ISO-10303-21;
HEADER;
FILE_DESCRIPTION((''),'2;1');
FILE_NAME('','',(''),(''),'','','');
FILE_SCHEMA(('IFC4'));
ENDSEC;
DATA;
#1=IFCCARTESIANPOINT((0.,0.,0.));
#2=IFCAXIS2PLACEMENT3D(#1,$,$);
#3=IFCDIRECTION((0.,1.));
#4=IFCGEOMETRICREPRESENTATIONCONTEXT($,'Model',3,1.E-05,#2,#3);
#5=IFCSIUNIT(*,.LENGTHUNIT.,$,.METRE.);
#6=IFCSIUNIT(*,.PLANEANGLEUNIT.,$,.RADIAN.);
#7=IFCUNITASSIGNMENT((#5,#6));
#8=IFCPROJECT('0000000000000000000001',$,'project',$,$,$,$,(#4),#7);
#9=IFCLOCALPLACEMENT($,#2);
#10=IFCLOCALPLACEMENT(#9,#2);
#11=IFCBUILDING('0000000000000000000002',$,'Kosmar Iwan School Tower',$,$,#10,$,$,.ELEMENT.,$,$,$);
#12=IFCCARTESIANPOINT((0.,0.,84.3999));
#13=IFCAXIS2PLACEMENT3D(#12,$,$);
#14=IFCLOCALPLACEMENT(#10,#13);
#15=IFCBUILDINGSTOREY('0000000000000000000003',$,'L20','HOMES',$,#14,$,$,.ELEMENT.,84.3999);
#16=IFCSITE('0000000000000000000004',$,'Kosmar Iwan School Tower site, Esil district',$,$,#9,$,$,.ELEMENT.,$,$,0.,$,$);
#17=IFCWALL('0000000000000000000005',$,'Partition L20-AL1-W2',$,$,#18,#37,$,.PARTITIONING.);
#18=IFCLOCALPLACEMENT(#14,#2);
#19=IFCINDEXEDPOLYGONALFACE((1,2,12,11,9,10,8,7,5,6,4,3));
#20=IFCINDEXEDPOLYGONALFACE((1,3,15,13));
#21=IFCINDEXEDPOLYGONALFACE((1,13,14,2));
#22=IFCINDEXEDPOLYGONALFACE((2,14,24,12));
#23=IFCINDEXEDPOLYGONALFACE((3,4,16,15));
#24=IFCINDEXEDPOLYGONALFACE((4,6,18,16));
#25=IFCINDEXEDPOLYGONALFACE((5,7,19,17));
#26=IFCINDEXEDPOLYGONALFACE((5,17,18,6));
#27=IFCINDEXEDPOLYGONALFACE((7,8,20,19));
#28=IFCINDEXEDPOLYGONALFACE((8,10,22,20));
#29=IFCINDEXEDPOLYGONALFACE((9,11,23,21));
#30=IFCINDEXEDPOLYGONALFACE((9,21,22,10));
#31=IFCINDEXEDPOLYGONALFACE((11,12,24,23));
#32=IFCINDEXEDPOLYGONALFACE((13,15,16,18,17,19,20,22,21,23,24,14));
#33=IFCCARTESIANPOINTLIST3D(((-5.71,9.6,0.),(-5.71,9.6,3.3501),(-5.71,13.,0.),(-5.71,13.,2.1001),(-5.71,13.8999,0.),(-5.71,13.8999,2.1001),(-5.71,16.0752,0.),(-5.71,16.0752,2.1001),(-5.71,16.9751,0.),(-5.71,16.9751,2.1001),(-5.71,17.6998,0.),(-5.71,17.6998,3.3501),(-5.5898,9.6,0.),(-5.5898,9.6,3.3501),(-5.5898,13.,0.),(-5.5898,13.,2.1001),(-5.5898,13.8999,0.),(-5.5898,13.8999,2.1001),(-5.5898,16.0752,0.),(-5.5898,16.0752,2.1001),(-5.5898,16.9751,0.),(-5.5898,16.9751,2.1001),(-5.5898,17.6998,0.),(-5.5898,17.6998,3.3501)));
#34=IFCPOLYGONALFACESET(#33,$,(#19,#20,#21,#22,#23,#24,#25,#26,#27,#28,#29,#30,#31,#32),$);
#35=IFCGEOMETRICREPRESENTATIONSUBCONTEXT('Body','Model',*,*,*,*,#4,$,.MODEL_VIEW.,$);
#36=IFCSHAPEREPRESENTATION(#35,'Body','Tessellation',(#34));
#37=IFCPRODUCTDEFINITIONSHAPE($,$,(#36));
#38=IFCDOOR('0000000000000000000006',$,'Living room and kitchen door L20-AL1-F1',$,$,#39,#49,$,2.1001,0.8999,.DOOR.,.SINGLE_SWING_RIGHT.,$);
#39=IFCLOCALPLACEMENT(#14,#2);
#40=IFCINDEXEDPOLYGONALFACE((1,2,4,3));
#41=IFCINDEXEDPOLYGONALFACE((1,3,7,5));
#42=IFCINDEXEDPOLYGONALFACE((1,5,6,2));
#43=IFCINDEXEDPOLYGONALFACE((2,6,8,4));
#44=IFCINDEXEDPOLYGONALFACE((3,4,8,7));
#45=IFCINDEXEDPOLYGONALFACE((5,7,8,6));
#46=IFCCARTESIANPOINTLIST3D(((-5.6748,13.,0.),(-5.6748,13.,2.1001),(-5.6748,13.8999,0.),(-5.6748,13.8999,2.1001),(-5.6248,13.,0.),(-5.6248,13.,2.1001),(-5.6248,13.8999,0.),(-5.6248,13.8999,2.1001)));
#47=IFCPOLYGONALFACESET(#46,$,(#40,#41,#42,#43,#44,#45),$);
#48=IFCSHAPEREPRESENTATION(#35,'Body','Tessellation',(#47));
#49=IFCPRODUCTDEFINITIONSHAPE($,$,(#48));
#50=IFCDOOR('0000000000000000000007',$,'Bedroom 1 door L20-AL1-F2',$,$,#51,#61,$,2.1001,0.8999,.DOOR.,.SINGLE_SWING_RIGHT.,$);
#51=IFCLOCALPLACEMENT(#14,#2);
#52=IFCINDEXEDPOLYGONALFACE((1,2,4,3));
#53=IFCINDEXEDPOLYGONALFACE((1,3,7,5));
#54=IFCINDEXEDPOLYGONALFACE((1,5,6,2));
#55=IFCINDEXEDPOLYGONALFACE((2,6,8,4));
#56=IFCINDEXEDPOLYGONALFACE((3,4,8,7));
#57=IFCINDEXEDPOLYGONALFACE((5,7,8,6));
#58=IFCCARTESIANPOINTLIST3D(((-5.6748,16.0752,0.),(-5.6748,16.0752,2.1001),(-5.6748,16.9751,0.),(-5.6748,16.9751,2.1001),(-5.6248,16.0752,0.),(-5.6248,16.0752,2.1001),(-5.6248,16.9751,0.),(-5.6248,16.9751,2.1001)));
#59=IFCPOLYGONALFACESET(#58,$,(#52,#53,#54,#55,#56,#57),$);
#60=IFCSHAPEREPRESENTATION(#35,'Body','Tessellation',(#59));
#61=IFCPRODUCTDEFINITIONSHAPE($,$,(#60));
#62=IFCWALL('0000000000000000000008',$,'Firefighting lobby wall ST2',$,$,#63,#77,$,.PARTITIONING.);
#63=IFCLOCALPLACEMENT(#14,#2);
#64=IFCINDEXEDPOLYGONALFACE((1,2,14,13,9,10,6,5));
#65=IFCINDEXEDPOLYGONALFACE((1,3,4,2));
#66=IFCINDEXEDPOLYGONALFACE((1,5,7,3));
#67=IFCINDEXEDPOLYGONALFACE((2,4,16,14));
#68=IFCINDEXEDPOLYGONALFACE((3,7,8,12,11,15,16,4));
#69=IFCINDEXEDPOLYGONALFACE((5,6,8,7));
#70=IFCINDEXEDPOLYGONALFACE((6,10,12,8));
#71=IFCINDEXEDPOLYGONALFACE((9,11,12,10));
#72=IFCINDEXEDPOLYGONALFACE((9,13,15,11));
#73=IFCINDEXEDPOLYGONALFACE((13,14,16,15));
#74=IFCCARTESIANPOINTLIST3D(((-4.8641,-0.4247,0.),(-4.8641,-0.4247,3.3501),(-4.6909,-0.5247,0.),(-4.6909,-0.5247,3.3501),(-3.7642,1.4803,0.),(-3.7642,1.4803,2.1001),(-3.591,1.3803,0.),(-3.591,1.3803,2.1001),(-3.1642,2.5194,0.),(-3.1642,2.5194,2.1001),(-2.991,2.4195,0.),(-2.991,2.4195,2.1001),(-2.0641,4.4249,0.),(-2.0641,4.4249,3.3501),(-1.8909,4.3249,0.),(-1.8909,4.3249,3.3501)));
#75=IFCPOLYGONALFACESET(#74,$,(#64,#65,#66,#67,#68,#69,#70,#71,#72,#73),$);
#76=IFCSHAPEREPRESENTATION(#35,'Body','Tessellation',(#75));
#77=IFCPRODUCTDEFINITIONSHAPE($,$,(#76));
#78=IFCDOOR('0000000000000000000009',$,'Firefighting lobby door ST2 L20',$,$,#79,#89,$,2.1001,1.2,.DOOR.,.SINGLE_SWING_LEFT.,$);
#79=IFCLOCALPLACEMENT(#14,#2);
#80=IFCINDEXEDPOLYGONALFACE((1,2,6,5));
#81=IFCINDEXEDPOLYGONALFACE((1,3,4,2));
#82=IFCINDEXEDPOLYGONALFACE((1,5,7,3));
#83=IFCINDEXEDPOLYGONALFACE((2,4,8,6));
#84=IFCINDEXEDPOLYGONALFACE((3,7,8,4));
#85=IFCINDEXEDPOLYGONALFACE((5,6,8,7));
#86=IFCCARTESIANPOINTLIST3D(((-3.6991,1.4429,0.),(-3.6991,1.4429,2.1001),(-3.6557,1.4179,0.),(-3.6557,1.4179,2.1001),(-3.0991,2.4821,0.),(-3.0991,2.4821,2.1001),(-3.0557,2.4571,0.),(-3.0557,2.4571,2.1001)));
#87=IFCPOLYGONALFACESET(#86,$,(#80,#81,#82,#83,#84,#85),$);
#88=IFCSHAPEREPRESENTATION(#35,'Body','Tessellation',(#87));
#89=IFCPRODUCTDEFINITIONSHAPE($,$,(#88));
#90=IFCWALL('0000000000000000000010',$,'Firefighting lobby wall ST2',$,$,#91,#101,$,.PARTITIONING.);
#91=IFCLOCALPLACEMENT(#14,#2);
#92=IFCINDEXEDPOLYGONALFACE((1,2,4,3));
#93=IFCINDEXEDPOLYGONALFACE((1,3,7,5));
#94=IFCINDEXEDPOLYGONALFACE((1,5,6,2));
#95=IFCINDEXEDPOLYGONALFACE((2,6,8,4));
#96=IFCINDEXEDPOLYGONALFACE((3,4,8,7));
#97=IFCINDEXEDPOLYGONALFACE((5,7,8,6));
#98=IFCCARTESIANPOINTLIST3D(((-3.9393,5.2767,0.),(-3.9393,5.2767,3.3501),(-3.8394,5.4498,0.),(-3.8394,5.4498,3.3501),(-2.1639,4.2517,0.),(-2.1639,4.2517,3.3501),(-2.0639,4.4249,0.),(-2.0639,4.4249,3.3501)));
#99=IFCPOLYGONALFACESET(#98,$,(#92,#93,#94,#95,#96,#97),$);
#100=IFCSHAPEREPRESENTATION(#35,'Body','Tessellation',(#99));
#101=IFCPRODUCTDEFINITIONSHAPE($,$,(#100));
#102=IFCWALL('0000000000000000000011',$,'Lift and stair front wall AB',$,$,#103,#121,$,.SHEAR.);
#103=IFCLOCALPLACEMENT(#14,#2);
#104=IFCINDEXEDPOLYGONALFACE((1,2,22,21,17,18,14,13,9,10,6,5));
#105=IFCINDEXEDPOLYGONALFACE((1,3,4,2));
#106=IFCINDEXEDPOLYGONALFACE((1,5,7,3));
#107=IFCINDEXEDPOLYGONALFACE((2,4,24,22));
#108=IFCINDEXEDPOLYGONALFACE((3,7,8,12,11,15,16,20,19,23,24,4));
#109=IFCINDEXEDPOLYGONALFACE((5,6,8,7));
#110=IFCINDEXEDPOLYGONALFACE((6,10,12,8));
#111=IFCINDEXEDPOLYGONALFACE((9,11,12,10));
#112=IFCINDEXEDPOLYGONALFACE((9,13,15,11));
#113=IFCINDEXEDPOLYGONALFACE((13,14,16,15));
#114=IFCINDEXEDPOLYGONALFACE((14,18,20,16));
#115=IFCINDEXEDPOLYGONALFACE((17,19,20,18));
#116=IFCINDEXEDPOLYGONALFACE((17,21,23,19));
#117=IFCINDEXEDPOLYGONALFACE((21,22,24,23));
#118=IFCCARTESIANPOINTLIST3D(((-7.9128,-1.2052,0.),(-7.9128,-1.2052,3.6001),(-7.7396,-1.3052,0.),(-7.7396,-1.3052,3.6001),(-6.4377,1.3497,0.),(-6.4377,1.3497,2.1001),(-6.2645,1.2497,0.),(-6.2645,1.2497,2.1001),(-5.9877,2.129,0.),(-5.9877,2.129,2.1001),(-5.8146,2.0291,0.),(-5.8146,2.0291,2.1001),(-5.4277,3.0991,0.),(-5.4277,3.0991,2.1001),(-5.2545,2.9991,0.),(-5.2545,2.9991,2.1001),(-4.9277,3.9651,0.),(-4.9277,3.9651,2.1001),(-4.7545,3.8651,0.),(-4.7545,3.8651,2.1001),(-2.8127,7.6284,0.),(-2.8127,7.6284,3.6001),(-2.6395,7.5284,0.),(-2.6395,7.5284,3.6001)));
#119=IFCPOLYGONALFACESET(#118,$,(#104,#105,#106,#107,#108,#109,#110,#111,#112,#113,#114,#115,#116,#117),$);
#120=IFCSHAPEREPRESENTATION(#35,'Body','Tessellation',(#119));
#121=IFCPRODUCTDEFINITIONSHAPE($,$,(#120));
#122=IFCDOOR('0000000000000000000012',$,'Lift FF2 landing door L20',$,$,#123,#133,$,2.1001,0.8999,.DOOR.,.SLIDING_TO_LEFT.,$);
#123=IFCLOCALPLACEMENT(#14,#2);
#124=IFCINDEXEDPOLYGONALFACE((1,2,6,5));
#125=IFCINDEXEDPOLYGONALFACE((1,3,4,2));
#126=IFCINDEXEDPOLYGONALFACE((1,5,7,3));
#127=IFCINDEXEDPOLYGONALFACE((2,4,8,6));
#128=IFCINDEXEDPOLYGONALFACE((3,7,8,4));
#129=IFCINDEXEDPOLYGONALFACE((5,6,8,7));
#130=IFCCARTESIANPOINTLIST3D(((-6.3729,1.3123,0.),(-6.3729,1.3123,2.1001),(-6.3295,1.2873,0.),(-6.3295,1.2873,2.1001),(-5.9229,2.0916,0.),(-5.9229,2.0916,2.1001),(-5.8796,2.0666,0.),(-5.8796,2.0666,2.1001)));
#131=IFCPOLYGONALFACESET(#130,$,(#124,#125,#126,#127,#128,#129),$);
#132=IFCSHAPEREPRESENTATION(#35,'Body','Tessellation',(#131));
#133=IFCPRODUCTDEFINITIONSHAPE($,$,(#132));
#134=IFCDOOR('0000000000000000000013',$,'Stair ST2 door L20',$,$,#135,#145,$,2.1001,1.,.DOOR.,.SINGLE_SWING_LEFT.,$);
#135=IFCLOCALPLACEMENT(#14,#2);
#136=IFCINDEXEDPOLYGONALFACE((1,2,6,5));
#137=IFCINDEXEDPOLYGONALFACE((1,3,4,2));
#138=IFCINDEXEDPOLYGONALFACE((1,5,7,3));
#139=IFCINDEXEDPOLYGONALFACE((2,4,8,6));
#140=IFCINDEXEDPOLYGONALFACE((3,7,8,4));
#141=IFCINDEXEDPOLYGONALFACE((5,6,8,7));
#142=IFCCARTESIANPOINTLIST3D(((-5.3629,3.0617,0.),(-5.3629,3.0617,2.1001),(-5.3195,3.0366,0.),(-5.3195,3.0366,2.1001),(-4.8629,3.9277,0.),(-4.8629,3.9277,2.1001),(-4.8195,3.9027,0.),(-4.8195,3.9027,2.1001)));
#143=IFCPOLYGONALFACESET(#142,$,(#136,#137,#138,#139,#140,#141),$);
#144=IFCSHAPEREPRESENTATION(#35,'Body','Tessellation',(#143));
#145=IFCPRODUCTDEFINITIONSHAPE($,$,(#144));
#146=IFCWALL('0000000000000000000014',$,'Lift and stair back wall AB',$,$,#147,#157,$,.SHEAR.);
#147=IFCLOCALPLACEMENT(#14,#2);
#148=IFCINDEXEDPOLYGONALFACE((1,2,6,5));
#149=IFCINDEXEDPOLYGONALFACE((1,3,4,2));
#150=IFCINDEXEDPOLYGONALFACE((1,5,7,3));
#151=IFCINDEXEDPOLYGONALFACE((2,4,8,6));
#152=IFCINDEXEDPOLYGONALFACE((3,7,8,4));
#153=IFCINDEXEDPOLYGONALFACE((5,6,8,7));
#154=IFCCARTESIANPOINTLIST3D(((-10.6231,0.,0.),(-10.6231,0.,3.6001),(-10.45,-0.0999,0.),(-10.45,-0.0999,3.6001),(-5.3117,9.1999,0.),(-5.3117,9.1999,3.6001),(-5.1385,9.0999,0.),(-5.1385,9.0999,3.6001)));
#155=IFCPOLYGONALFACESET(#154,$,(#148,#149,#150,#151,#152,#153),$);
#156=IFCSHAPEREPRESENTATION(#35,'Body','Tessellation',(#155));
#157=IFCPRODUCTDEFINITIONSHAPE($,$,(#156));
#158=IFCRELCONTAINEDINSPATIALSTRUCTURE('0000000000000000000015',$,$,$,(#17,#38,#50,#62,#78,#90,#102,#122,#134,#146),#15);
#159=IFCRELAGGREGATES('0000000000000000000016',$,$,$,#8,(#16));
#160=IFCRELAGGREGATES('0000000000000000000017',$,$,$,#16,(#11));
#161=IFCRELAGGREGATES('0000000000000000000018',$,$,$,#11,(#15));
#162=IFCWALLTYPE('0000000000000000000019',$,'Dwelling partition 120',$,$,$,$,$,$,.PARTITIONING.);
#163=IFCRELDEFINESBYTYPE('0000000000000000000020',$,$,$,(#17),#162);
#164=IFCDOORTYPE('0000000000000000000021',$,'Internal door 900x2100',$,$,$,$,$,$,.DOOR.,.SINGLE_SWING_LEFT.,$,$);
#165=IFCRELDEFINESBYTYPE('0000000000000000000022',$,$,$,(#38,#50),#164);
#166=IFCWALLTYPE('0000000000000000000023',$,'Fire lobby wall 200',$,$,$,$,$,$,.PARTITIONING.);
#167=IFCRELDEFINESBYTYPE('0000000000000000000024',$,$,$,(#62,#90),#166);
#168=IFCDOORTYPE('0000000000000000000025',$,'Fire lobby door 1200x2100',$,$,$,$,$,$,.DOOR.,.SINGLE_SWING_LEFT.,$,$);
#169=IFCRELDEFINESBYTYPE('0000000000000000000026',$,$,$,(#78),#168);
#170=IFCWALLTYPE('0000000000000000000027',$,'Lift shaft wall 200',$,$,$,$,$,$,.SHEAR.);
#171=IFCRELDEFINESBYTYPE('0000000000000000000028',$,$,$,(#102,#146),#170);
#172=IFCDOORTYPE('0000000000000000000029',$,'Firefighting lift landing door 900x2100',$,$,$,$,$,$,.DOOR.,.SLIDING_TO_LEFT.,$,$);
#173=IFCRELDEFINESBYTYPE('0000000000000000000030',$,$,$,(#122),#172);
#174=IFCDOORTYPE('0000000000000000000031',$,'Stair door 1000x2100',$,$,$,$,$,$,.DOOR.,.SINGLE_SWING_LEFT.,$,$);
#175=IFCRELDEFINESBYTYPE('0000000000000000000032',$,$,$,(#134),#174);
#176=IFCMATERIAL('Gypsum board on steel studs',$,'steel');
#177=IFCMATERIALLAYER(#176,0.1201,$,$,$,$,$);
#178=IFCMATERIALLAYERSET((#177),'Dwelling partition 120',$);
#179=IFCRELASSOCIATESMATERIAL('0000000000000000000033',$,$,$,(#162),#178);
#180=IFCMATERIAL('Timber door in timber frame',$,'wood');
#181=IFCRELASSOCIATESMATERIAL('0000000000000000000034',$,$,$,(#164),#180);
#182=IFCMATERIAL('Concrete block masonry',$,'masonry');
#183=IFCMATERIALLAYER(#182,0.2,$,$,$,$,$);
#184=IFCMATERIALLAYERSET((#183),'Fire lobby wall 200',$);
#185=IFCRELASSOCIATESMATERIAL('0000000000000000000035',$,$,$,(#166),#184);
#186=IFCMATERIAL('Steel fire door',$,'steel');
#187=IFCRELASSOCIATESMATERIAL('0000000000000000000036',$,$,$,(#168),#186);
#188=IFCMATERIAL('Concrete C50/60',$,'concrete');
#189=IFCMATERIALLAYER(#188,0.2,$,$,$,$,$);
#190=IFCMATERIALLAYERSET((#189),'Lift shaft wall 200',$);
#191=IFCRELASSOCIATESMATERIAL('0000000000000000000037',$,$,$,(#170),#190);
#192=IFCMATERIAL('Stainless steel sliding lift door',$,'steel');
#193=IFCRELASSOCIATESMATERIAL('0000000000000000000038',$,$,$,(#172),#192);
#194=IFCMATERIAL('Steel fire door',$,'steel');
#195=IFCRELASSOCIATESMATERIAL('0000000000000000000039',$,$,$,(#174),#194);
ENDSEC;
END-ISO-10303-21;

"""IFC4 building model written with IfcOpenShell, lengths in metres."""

from ifc_helpers import new_model, si_unit, direction, frame, frame_2d, origin, place, context, subcontext, project, spatial, rectangle, extrude, material, layer, layer_set, type_object, element, fill, save


model = new_model("IFC4")

# Units and contexts
model_context = context("Model", 3, precision=1e-05, world=origin(), true_north=direction((0.0, 1.0)))
body_context = subcontext(model_context, "Body", "Model", "MODEL_VIEW")
ifc_project = project(units=[si_unit("LENGTHUNIT", "METRE"), si_unit("PLANEANGLEUNIT", "RADIAN")], contexts=[model_context])

# Site, building, storey
site_placement = place(None, origin())
site = spatial("IfcSite", under=ifc_project, at=site_placement, Name="Kosmar Iwan School Tower site, Esil district", CompositionType="ELEMENT", RefElevation=0.0)
building_placement = place(site_placement, origin())
building = spatial("IfcBuilding", under=site, at=building_placement, Name="Kosmar Iwan School Tower", CompositionType="ELEMENT")
storey_placement = place(building_placement, frame((0.0, 0.0, 84.3999)))
storey = spatial("IfcBuildingStorey", under=building, at=storey_placement, Name="L20", Description="HOMES", CompositionType="ELEMENT", Elevation=84.3999)

# Wall, openings, doors
ifc_material_1 = material(Name="Gypsum board on steel studs", Category="steel")
ifc_layer_1 = layer(ifc_material_1, 0.1201)
ifc_layer_set_1 = layer_set([ifc_layer_1], Name="Dwelling partition 120")
wall_type_1 = type_object("IfcWallType", Name="Dwelling partition 120", PredefinedType="PARTITIONING", material=ifc_layer_set_1)
ifc_material_2 = material(Name="Timber door in timber frame", Category="wood")
door_type_1 = type_object("IfcDoorType", Name="Internal door 900x2100", OperationType="SINGLE_SWING_LEFT", PredefinedType="DOOR", material=ifc_material_2)
wall_1_placement = place(storey_placement, frame((-5.6499, 9.6001, 0.0), z_axis=(0.0, 0.0, 1.0), x_axis=(0.0, 1.0, 0.0)))
wall_1 = element("IfcWall", 1, at=wall_1_placement, inside=storey, type_object=wall_type_1, Name="Partition L20-AL1-W2", PredefinedType="PARTITIONING", context=body_context, shape_type="SweptSolid", body=[
    extrude(rectangle(XDim=8.0999, YDim=0.1201, at=frame_2d((4.0498, 0.0))), origin(), (0.0, 0.0, 1.0), 3.3501),
])
opening_1_placement = place(wall_1_placement, frame((3.3999, 0.0, 0.0)))
opening_1 = element("IfcOpeningElement", 2, at=opening_1_placement, cuts=wall_1, PredefinedType="OPENING", context=body_context, shape_type="SweptSolid", body=[
    extrude(rectangle(XDim=0.8999, YDim=2.1001, at=frame_2d((0.45, 1.05))), frame((0.0, 0.072, 0.0), z_axis=(0.0, -1.0, 0.0), x_axis=(1.0, 0.0, 0.0)), (0.0, 0.0, 1.0), 0.144),
])
opening_2_placement = place(wall_1_placement, frame((6.4751, 0.0, 0.0)))
opening_2 = element("IfcOpeningElement", 3, at=opening_2_placement, cuts=wall_1, PredefinedType="OPENING", context=body_context, shape_type="SweptSolid", body=[
    extrude(rectangle(XDim=0.8999, YDim=2.1001, at=frame_2d((0.45, 1.05))), frame((0.0, 0.072, 0.0), z_axis=(0.0, -1.0, 0.0), x_axis=(1.0, 0.0, 0.0)), (0.0, 0.0, 1.0), 0.144),
])
door_1_placement = place(opening_1_placement, origin())
door_1 = element("IfcDoor", 4, at=door_1_placement, inside=storey, type_object=door_type_1, Name="Living room and kitchen door L20-AL1-F1", OperationType="SINGLE_SWING_RIGHT", OverallHeight=2.1001, OverallWidth=0.8999, PredefinedType="DOOR", context=body_context, shape_type="SweptSolid", body=[
    extrude(rectangle(XDim=0.8999, YDim=2.1001, at=frame_2d((0.45, 1.05))), frame((0.0, 0.0249, 0.0), z_axis=(0.0, -1.0, 0.0), x_axis=(1.0, 0.0, 0.0)), (0.0, 0.0, 1.0), 0.05),
])
fill(opening_1, door_1)
door_2_placement = place(opening_2_placement, origin())
door_2 = element("IfcDoor", 5, at=door_2_placement, inside=storey, type_object=door_type_1, Name="Bedroom 1 door L20-AL1-F2", OperationType="SINGLE_SWING_RIGHT", OverallHeight=2.1001, OverallWidth=0.8999, PredefinedType="DOOR", context=body_context, shape_type="SweptSolid", body=[
    extrude(rectangle(XDim=0.8999, YDim=2.1001, at=frame_2d((0.45, 1.05))), frame((0.0, 0.0249, 0.0), z_axis=(0.0, -1.0, 0.0), x_axis=(1.0, 0.0, 0.0)), (0.0, 0.0, 1.0), 0.05),
])
fill(opening_2, door_2)

# Wall, opening, door
ifc_material_3 = material(Name="Concrete block masonry", Category="masonry")
ifc_layer_2 = layer(ifc_material_3, 0.2)
ifc_layer_set_2 = layer_set([ifc_layer_2], Name="Fire lobby wall 200")
wall_type_2 = type_object("IfcWallType", Name="Fire lobby wall 200", PredefinedType="PARTITIONING", material=ifc_layer_set_2)
wall_2_placement = place(storey_placement, frame((-1.9775, 4.3748, 0.0), z_axis=(0.0, 0.0, 1.0), x_axis=(-0.500017, -0.866016, 0.0)))
wall_2 = element("IfcWall", 6, at=wall_2_placement, inside=storey, type_object=wall_type_2, Name="Firefighting lobby wall ST2", PredefinedType="PARTITIONING", context=body_context, shape_type="SweptSolid", body=[
    extrude(rectangle(XDim=5.5999, YDim=0.2, at=frame_2d((2.7998, 0.0))), origin(), (0.0, 0.0, 1.0), 3.3501),
])
opening_3_placement = place(wall_2_placement, frame((2.2, 0.0, 0.0)))
opening_3 = element("IfcOpeningElement", 7, at=opening_3_placement, cuts=wall_2, PredefinedType="OPENING", context=body_context, shape_type="SweptSolid", body=[
    extrude(rectangle(XDim=1.2, YDim=2.1001, at=frame_2d((0.6001, 1.05))), frame((0.0, 0.1121, 0.0), z_axis=(0.0, -1.0, 0.0), x_axis=(1.0, 0.0, 0.0)), (0.0, 0.0, 1.0), 0.2239),
])
ifc_material_4 = material(Name="Steel fire door", Category="steel")
door_type_2 = type_object("IfcDoorType", Name="Fire lobby door 1200x2100", OperationType="SINGLE_SWING_LEFT", PredefinedType="DOOR", material=ifc_material_4)
door_3_placement = place(opening_3_placement, frame((1.2, 0.0, 0.0), z_axis=(0.0, 0.0, 1.0), x_axis=(-1.0, 0.0, 0.0)))
door_3 = element("IfcDoor", 8, at=door_3_placement, inside=storey, type_object=door_type_2, Name="Firefighting lobby door ST2 L20", OperationType="SINGLE_SWING_LEFT", OverallHeight=2.1001, OverallWidth=1.2, PredefinedType="DOOR", context=body_context, shape_type="SweptSolid", body=[
    extrude(rectangle(XDim=1.2, YDim=2.1001, at=frame_2d((0.6001, 1.05))), frame((0.0, 0.0249, 0.0), z_axis=(0.0, -1.0, 0.0), x_axis=(1.0, 0.0, 0.0)), (0.0, 0.0, 1.0), 0.05),
])
fill(opening_3, door_3)

# Wall
wall_3_placement = place(storey_placement, frame((-2.114, 4.3384, 0.0), z_axis=(0.0, 0.0, 1.0), x_axis=(-0.866051, 0.499956, 0.0)))
element("IfcWall", 9, at=wall_3_placement, inside=storey, type_object=wall_type_2, Name="Firefighting lobby wall ST2", PredefinedType="PARTITIONING", context=body_context, shape_type="SweptSolid", body=[
    extrude(rectangle(XDim=2.05, YDim=0.2, at=frame_2d((1.0249, 0.0))), origin(), (0.0, 0.0, 1.0), 3.3501),
])

# Wall, openings, doors
ifc_material_5 = material(Name="Concrete C50/60", Category="concrete")
ifc_layer_3 = layer(ifc_material_5, 0.2)
ifc_layer_set_3 = layer_set([ifc_layer_3], Name="Lift shaft wall 200")
wall_type_3 = type_object("IfcWallType", Name="Lift shaft wall 200", PredefinedType="SHEAR", material=ifc_layer_set_3)
wall_4_placement = place(storey_placement, frame((-2.7261, 7.5784, 0.0), z_axis=(0.0, 0.0, 1.0), x_axis=(-0.500006, -0.866022, 0.0)))
wall_4 = element("IfcWall", 10, at=wall_4_placement, inside=storey, type_object=wall_type_3, Name="Lift and stair front wall AB", PredefinedType="SHEAR", context=body_context, shape_type="SweptSolid", body=[
    extrude(rectangle(XDim=10.2002, YDim=0.2, at=frame_2d((5.1001, 0.0))), origin(), (0.0, 0.0, 1.0), 3.6001),
])
opening_4_placement = place(wall_4_placement, frame((6.3501, 0.0, 0.0)))
opening_4 = element("IfcOpeningElement", 11, at=opening_4_placement, cuts=wall_4, PredefinedType="OPENING", context=body_context, shape_type="SweptSolid", body=[
    extrude(rectangle(XDim=0.8999, YDim=2.1001, at=frame_2d((0.45, 1.05))), frame((0.0, 0.1121, 0.0), z_axis=(0.0, -1.0, 0.0), x_axis=(1.0, 0.0, 0.0)), (0.0, 0.0, 1.0), 0.2239),
])
opening_5_placement = place(wall_4_placement, frame((4.23, 0.0, 0.0)))
opening_5 = element("IfcOpeningElement", 12, at=opening_5_placement, cuts=wall_4, PredefinedType="OPENING", context=body_context, shape_type="SweptSolid", body=[
    extrude(rectangle(XDim=1.0, YDim=2.1001, at=frame_2d((0.5, 1.05))), frame((0.0, 0.1121, 0.0), z_axis=(0.0, -1.0, 0.0), x_axis=(1.0, 0.0, 0.0)), (0.0, 0.0, 1.0), 0.2239),
])
ifc_material_6 = material(Name="Stainless steel sliding lift door", Category="steel")
door_type_3 = type_object("IfcDoorType", Name="Firefighting lift landing door 900x2100", OperationType="SLIDING_TO_LEFT", PredefinedType="DOOR", material=ifc_material_6)
door_4_placement = place(opening_4_placement, origin())
door_4 = element("IfcDoor", 13, at=door_4_placement, inside=storey, type_object=door_type_3, Name="Lift FF2 landing door L20", OperationType="SLIDING_TO_LEFT", OverallHeight=2.1001, OverallWidth=0.8999, PredefinedType="DOOR", context=body_context, shape_type="SweptSolid", body=[
    extrude(rectangle(XDim=0.8999, YDim=2.1001, at=frame_2d((0.45, 1.05))), frame((0.0, 0.0249, 0.0), z_axis=(0.0, -1.0, 0.0), x_axis=(1.0, 0.0, 0.0)), (0.0, 0.0, 1.0), 0.05),
])
fill(opening_4, door_4)
ifc_material_7 = material(Name="Steel fire door", Category="steel")
door_type_4 = type_object("IfcDoorType", Name="Stair door 1000x2100", OperationType="SINGLE_SWING_LEFT", PredefinedType="DOOR", material=ifc_material_7)
door_5_placement = place(opening_5_placement, origin())
door_5 = element("IfcDoor", 14, at=door_5_placement, inside=storey, type_object=door_type_4, Name="Stair ST2 door L20", OperationType="SINGLE_SWING_LEFT", OverallHeight=2.1001, OverallWidth=1.0, PredefinedType="DOOR", context=body_context, shape_type="SweptSolid", body=[
    extrude(rectangle(XDim=1.0, YDim=2.1001, at=frame_2d((0.5, 1.05))), frame((0.0, 0.0249, 0.0), z_axis=(0.0, -1.0, 0.0), x_axis=(1.0, 0.0, 0.0)), (0.0, 0.0, 1.0), 0.05),
])
fill(opening_5, door_5)

# Wall
wall_5_placement = place(storey_placement, frame((-5.2251, 9.1499, 0.0), z_axis=(0.0, 0.0, 1.0), x_axis=(-0.499995, -0.866028, 0.0)))
element("IfcWall", 15, at=wall_5_placement, inside=storey, type_object=wall_type_3, Name="Lift and stair back wall AB", PredefinedType="SHEAR", context=body_context, shape_type="SweptSolid", body=[
    extrude(rectangle(XDim=10.623, YDim=0.2, at=frame_2d((5.3115, 0.0))), origin(), (0.0, 0.0, 1.0), 3.6001),
])

save(model, "model.ifc")
